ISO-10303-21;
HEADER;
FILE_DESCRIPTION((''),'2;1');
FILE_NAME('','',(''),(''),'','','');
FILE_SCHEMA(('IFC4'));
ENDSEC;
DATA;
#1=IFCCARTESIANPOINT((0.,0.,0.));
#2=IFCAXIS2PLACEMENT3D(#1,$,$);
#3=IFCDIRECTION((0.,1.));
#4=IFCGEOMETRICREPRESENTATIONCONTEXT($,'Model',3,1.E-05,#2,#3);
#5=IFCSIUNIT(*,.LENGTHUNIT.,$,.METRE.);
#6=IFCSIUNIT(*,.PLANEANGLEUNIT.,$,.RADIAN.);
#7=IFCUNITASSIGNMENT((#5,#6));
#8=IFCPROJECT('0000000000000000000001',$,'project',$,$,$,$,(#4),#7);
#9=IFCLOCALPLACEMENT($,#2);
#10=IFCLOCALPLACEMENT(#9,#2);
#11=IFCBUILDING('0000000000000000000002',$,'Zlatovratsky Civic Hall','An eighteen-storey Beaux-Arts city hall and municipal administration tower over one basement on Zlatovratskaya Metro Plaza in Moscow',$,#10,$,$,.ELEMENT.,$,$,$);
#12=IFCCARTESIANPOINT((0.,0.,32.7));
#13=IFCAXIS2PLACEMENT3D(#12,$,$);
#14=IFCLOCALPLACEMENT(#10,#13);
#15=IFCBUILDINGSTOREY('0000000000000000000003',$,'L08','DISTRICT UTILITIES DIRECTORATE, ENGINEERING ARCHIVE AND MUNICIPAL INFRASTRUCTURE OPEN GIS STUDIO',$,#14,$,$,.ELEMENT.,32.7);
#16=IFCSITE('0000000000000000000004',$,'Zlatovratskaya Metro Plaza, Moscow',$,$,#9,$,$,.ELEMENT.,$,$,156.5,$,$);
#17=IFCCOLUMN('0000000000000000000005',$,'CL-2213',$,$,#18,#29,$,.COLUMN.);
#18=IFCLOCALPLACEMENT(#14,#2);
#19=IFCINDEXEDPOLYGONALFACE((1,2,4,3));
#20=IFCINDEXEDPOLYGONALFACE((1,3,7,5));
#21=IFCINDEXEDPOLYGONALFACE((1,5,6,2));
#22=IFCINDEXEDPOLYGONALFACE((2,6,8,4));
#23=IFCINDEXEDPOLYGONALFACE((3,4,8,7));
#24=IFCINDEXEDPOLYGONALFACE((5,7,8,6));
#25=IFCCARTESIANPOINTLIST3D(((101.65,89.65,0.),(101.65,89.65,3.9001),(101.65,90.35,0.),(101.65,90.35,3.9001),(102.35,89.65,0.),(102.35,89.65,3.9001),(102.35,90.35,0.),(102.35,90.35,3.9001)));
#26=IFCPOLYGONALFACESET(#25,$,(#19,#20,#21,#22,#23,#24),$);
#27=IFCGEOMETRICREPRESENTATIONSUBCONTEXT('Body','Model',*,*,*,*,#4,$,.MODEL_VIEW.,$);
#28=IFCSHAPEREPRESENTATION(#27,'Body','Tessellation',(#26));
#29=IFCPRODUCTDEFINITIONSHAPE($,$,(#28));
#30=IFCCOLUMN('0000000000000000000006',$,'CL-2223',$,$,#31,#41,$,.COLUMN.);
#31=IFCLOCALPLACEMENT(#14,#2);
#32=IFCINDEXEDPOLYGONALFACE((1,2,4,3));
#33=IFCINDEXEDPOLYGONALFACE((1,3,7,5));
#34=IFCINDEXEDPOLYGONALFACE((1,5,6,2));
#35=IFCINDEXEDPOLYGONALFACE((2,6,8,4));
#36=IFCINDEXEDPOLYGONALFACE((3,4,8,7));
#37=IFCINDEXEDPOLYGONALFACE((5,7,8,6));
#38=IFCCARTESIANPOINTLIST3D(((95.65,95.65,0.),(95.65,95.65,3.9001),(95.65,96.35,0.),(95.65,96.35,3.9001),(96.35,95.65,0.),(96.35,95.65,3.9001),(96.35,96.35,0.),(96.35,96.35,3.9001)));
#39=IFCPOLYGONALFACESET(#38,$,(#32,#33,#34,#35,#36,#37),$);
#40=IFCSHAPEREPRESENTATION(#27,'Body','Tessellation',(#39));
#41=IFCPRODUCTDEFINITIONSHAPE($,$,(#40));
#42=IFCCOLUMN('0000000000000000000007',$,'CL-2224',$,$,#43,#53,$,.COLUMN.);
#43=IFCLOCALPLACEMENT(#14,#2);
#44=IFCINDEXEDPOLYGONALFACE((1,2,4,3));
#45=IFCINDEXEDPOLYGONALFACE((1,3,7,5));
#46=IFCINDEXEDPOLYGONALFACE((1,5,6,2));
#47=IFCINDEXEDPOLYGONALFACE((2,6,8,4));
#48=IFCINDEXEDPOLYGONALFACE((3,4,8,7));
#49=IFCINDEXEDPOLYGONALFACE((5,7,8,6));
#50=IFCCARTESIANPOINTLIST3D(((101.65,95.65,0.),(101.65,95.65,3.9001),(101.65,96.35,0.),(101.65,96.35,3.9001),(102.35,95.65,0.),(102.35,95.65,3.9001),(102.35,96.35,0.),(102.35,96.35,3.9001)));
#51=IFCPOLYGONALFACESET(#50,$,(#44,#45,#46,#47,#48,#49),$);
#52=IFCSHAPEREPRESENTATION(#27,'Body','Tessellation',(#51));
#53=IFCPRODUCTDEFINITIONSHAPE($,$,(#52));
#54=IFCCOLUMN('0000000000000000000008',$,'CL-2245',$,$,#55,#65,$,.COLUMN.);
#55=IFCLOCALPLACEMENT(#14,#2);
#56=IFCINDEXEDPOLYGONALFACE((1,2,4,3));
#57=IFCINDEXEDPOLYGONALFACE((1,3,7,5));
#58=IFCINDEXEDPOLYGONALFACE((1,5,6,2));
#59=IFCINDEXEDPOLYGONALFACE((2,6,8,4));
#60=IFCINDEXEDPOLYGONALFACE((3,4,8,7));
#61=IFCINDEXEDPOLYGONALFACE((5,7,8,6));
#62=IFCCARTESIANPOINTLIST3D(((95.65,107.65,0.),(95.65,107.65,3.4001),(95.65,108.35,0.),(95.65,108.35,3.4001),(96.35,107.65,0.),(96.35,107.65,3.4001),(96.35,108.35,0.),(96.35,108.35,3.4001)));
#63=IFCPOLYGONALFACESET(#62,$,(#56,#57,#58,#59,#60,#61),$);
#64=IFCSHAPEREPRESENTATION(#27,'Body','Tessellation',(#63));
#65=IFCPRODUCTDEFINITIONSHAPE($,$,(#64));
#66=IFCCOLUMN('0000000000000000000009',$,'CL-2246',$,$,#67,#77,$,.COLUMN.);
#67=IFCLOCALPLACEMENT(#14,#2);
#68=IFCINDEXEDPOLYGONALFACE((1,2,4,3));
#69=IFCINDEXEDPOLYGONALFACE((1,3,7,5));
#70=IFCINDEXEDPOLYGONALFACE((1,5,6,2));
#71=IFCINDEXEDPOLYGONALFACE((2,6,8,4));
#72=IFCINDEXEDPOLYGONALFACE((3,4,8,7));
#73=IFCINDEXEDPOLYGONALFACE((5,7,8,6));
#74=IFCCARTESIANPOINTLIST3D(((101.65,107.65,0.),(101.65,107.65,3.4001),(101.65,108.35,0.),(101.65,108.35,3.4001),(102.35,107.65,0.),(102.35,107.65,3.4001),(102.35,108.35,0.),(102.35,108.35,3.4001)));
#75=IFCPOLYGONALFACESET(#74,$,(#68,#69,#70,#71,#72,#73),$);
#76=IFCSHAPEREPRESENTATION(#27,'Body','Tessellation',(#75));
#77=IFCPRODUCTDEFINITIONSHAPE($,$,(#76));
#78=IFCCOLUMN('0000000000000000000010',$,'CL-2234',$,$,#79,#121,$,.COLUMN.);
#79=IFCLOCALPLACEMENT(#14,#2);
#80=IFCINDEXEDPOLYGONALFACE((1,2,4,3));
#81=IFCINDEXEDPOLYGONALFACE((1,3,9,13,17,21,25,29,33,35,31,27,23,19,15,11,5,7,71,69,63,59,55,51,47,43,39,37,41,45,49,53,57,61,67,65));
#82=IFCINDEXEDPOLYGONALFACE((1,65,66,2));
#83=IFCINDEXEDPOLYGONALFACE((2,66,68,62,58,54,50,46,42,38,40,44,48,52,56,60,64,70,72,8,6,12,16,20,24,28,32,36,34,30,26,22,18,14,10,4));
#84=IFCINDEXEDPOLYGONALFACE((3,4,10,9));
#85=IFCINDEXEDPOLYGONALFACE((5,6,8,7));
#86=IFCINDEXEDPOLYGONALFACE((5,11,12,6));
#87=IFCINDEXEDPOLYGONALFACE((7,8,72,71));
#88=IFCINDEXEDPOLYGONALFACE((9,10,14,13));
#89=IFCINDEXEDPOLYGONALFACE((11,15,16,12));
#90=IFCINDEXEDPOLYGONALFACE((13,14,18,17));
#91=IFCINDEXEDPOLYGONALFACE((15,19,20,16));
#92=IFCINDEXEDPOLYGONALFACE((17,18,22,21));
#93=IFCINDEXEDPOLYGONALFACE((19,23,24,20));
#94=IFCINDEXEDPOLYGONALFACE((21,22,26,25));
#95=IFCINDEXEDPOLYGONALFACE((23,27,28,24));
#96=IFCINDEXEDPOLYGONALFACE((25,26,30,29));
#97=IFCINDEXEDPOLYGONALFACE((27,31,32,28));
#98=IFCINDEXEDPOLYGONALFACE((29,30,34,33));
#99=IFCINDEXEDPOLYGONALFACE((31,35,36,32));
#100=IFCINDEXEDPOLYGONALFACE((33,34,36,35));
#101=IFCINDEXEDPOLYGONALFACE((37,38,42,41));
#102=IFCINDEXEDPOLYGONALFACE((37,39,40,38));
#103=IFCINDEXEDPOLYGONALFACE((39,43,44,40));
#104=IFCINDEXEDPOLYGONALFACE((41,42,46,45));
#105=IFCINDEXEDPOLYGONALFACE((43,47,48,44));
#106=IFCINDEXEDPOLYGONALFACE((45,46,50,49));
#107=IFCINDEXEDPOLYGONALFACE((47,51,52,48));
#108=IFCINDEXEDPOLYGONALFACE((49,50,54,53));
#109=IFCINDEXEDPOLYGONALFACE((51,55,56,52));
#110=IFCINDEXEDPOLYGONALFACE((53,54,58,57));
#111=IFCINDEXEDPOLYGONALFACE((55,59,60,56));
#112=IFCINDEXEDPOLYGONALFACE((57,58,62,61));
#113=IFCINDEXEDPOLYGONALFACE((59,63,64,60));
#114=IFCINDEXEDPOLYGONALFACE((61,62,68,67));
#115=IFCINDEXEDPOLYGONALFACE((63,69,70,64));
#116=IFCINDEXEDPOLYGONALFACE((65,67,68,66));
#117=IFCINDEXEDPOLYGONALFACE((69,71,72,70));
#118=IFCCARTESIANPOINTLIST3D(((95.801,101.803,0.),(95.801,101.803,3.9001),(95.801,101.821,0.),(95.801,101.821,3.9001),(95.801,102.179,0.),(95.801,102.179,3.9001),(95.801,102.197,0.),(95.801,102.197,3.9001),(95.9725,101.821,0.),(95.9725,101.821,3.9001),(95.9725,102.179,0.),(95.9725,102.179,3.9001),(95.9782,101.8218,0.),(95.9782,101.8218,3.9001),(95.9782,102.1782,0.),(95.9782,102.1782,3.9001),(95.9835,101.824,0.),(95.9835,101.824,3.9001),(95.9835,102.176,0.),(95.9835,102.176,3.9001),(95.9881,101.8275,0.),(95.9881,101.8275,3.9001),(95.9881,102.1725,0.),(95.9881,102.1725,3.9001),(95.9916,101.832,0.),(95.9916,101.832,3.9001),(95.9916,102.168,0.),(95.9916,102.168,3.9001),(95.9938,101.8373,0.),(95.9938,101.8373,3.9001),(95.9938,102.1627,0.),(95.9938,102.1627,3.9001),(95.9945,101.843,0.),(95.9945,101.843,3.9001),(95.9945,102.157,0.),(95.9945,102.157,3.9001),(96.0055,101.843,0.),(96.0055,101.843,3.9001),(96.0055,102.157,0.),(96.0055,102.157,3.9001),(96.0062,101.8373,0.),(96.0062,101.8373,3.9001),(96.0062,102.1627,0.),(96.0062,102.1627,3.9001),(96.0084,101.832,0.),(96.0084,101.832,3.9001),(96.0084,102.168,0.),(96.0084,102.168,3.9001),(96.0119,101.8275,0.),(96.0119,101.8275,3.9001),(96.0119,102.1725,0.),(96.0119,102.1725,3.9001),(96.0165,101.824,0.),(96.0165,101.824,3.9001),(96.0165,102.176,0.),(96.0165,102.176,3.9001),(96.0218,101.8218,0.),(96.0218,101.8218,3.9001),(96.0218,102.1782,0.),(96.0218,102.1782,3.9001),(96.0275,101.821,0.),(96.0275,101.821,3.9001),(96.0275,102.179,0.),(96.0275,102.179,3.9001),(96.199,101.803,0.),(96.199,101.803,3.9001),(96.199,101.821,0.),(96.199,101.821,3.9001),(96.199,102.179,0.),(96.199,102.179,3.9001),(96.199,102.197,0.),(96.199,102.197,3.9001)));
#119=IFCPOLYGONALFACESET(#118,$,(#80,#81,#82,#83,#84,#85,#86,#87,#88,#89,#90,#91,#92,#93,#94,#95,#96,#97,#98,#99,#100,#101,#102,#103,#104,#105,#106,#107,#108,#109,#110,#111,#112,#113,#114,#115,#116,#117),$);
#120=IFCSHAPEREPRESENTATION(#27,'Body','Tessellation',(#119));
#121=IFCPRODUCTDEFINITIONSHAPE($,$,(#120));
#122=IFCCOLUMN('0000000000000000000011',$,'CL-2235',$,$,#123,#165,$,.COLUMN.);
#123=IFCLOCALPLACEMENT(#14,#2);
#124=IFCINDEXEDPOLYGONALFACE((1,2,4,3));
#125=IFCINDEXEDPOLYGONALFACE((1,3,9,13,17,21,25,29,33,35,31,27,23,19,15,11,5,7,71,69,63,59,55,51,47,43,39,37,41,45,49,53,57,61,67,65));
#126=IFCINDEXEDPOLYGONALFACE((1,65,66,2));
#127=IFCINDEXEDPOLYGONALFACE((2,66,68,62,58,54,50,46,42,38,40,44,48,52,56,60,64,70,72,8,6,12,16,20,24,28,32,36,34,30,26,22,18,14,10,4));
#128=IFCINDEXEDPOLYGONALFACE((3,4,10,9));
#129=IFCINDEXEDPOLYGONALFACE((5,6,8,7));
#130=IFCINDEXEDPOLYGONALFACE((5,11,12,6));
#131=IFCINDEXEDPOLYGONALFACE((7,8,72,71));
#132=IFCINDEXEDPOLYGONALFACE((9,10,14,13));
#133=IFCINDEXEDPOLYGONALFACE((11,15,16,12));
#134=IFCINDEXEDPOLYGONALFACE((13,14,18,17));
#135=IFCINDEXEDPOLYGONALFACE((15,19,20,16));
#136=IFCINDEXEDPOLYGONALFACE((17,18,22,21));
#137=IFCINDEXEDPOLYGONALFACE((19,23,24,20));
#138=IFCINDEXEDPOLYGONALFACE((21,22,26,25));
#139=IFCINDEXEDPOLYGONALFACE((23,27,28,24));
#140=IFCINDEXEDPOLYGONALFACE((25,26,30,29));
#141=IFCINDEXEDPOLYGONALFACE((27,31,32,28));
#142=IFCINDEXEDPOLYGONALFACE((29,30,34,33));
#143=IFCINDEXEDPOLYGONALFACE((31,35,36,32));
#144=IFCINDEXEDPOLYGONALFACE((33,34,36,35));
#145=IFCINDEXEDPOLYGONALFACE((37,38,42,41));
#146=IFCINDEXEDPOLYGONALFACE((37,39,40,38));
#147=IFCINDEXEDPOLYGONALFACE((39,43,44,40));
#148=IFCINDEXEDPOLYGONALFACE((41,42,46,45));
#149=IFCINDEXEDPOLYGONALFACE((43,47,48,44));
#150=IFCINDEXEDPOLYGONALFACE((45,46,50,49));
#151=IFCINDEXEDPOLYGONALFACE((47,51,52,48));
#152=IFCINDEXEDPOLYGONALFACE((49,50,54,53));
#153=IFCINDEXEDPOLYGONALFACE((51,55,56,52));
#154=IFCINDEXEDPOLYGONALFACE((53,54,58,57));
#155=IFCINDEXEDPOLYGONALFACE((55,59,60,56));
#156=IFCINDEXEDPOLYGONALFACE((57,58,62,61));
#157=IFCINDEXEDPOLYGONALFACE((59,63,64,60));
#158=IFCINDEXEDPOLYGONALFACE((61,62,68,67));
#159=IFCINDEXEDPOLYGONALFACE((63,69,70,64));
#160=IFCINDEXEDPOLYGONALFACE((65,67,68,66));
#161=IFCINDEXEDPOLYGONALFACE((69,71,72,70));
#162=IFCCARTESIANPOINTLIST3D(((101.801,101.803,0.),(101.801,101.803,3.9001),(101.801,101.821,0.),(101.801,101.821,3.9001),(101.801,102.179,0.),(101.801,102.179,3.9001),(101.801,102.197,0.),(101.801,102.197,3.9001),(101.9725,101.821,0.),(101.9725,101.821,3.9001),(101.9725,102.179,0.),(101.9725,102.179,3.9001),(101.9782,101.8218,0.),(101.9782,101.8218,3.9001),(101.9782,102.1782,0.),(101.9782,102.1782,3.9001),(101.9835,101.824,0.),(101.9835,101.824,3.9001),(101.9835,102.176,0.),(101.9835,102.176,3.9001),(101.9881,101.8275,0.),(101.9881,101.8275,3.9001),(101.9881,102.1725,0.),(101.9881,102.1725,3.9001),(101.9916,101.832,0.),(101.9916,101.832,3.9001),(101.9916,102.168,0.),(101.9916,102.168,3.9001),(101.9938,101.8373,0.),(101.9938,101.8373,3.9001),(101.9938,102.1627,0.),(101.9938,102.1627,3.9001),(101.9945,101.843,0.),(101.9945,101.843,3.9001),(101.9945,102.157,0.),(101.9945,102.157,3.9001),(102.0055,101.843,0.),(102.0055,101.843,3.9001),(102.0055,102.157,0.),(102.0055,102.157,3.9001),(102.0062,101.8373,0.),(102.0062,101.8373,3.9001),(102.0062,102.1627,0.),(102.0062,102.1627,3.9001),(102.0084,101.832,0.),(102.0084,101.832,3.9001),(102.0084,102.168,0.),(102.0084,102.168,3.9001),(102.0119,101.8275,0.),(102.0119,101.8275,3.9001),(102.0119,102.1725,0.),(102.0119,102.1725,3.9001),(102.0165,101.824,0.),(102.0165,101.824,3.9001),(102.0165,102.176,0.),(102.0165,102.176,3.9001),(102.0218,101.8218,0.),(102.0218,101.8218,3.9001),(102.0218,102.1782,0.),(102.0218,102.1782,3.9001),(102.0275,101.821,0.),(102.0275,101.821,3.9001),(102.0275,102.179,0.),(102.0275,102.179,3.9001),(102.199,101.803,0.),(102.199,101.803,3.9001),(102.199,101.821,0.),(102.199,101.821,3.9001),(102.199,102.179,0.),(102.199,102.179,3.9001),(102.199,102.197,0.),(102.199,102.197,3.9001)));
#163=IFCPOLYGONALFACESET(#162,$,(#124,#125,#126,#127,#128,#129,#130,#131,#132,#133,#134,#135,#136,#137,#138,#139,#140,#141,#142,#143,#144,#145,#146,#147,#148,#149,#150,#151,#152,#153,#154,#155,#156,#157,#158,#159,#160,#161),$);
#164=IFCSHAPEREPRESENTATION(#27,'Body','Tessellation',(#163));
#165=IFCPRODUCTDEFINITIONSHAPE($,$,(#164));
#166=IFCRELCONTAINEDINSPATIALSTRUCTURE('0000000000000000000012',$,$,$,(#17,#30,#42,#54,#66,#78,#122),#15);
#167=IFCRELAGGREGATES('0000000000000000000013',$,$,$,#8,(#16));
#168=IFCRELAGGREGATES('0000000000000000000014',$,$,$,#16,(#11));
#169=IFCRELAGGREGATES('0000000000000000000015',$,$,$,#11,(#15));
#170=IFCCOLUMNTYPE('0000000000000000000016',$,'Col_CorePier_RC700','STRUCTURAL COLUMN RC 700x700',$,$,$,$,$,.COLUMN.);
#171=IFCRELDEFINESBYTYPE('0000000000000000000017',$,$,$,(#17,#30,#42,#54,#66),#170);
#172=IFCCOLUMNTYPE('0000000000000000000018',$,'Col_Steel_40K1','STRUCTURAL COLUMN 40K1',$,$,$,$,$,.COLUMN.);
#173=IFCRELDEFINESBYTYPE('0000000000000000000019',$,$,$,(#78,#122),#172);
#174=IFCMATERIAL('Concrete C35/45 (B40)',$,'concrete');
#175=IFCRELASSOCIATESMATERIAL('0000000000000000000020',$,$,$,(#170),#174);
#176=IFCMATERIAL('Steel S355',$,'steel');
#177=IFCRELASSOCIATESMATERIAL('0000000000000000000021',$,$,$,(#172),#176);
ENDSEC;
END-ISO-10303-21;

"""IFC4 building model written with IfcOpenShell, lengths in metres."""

from ifc_helpers import new_model, si_unit, direction, frame, origin, origin_2d, place, context, subcontext, project, spatial, rectangle, i_section, extrude, material, material_profile, profile_set, type_object, element, save


model = new_model("IFC4")

# Units and contexts
model_context = context("Model", 3, precision=1e-05, world=origin(), true_north=direction((0.0, 1.0)))
body_context = subcontext(model_context, "Body", "Model", "MODEL_VIEW")
ifc_project = project(units=[si_unit("LENGTHUNIT", "METRE"), si_unit("PLANEANGLEUNIT", "RADIAN")], contexts=[model_context])

# Site, building, storey
site_placement = place(None, origin())
site = spatial("IfcSite", under=ifc_project, at=site_placement, Name="Zlatovratskaya Metro Plaza, Moscow", CompositionType="ELEMENT", RefElevation=156.5)
building_placement = place(site_placement, origin())
building = spatial("IfcBuilding", under=site, at=building_placement, Name="Zlatovratsky Civic Hall", Description="An eighteen-storey Beaux-Arts city hall and municipal administration tower over one basement on Zlatovratskaya Metro Plaza in Moscow", CompositionType="ELEMENT")
storey_placement = place(building_placement, frame((0.0, 0.0, 32.7)))
storey = spatial("IfcBuildingStorey", under=building, at=storey_placement, Name="L08", Description="DISTRICT UTILITIES DIRECTORATE, ENGINEERING ARCHIVE AND MUNICIPAL INFRASTRUCTURE OPEN GIS STUDIO", CompositionType="ELEMENT", Elevation=32.7)

# Columns
ifc_material_1 = material(Name="Concrete C35/45 (B40)", Category="concrete")
ifc_material_profile_1 = material_profile(ifc_material_1, rectangle(XDim=0.7, YDim=0.7, at=origin_2d()), Name="RC 700x700")
ifc_profile_set_1 = profile_set([ifc_material_profile_1], Name="Concrete C35/45 (B40)")
column_type_1 = type_object("IfcColumnType", Name="Col_CorePier_RC700", Description="STRUCTURAL COLUMN RC 700x700", PredefinedType="COLUMN", material=ifc_profile_set_1)
for number, where, z_axis, x_axis, name in (
    (1, (102.0, 90.0, 0.0), (0.0, 0.0, 1.0), (1.0, 0.0, 0.0), "CL-2213"),
    (2, (96.0, 96.0, 0.0), (0.0, 0.0, 1.0), (1.0, 0.0, 0.0), "CL-2223"),
    (3, (102.0, 96.0, 0.0), (0.0, 0.0, 1.0), (1.0, 0.0, 0.0), "CL-2224"),
):
    element("IfcColumn", number, at=place(storey_placement, frame(where, z_axis=z_axis, x_axis=x_axis)), inside=storey, type_object=column_type_1, Name=name, PredefinedType="COLUMN", context=body_context, shape_type="SweptSolid", body=[
        extrude(rectangle(XDim=0.7, YDim=0.7, at=origin_2d()), origin(), (0.0, 0.0, 1.0), 3.9001),
    ])
for number, where, z_axis, x_axis, name in (
    (4, (96.0, 108.0, 0.0), (0.0, 0.0, 1.0), (1.0, 0.0, 0.0), "CL-2245"),
    (5, (102.0, 108.0, 0.0), (0.0, 0.0, 1.0), (1.0, 0.0, 0.0), "CL-2246"),
):
    element("IfcColumn", number, at=place(storey_placement, frame(where, z_axis=z_axis, x_axis=x_axis)), inside=storey, type_object=column_type_1, Name=name, PredefinedType="COLUMN", context=body_context, shape_type="SweptSolid", body=[
        extrude(rectangle(XDim=0.7, YDim=0.7, at=origin_2d()), origin(), (0.0, 0.0, 1.0), 3.4001),
    ])
ifc_material_2 = material(Name="Steel S355", Category="steel")
ifc_material_profile_2 = material_profile(ifc_material_2, i_section(OverallWidth=0.3979, OverallDepth=0.394, WebThickness=0.011, FlangeThickness=0.0181, FilletRadius=0.022, at=origin_2d()), Name="40K1")
ifc_profile_set_2 = profile_set([ifc_material_profile_2], Name="Steel S355")
column_type_2 = type_object("IfcColumnType", Name="Col_Steel_40K1", Description="STRUCTURAL COLUMN 40K1", PredefinedType="COLUMN", material=ifc_profile_set_2)
for number, where, z_axis, x_axis, name in (
    (6, (96.0, 102.0, 0.0), (0.0, 0.0, 1.0), (1.0, 0.0, 0.0), "CL-2234"),
    (7, (102.0, 102.0, 0.0), (0.0, 0.0, 1.0), (1.0, 0.0, 0.0), "CL-2235"),
):
    element("IfcColumn", number, at=place(storey_placement, frame(where, z_axis=z_axis, x_axis=x_axis)), inside=storey, type_object=column_type_2, Name=name, PredefinedType="COLUMN", context=body_context, shape_type="SweptSolid", body=[
        extrude(i_section(OverallWidth=0.3979, OverallDepth=0.394, WebThickness=0.011, FlangeThickness=0.0181, FilletRadius=0.022, at=origin_2d()), origin(), (0.0, 0.0, 1.0), 3.9001),
    ])

save(model, "model.ifc")
